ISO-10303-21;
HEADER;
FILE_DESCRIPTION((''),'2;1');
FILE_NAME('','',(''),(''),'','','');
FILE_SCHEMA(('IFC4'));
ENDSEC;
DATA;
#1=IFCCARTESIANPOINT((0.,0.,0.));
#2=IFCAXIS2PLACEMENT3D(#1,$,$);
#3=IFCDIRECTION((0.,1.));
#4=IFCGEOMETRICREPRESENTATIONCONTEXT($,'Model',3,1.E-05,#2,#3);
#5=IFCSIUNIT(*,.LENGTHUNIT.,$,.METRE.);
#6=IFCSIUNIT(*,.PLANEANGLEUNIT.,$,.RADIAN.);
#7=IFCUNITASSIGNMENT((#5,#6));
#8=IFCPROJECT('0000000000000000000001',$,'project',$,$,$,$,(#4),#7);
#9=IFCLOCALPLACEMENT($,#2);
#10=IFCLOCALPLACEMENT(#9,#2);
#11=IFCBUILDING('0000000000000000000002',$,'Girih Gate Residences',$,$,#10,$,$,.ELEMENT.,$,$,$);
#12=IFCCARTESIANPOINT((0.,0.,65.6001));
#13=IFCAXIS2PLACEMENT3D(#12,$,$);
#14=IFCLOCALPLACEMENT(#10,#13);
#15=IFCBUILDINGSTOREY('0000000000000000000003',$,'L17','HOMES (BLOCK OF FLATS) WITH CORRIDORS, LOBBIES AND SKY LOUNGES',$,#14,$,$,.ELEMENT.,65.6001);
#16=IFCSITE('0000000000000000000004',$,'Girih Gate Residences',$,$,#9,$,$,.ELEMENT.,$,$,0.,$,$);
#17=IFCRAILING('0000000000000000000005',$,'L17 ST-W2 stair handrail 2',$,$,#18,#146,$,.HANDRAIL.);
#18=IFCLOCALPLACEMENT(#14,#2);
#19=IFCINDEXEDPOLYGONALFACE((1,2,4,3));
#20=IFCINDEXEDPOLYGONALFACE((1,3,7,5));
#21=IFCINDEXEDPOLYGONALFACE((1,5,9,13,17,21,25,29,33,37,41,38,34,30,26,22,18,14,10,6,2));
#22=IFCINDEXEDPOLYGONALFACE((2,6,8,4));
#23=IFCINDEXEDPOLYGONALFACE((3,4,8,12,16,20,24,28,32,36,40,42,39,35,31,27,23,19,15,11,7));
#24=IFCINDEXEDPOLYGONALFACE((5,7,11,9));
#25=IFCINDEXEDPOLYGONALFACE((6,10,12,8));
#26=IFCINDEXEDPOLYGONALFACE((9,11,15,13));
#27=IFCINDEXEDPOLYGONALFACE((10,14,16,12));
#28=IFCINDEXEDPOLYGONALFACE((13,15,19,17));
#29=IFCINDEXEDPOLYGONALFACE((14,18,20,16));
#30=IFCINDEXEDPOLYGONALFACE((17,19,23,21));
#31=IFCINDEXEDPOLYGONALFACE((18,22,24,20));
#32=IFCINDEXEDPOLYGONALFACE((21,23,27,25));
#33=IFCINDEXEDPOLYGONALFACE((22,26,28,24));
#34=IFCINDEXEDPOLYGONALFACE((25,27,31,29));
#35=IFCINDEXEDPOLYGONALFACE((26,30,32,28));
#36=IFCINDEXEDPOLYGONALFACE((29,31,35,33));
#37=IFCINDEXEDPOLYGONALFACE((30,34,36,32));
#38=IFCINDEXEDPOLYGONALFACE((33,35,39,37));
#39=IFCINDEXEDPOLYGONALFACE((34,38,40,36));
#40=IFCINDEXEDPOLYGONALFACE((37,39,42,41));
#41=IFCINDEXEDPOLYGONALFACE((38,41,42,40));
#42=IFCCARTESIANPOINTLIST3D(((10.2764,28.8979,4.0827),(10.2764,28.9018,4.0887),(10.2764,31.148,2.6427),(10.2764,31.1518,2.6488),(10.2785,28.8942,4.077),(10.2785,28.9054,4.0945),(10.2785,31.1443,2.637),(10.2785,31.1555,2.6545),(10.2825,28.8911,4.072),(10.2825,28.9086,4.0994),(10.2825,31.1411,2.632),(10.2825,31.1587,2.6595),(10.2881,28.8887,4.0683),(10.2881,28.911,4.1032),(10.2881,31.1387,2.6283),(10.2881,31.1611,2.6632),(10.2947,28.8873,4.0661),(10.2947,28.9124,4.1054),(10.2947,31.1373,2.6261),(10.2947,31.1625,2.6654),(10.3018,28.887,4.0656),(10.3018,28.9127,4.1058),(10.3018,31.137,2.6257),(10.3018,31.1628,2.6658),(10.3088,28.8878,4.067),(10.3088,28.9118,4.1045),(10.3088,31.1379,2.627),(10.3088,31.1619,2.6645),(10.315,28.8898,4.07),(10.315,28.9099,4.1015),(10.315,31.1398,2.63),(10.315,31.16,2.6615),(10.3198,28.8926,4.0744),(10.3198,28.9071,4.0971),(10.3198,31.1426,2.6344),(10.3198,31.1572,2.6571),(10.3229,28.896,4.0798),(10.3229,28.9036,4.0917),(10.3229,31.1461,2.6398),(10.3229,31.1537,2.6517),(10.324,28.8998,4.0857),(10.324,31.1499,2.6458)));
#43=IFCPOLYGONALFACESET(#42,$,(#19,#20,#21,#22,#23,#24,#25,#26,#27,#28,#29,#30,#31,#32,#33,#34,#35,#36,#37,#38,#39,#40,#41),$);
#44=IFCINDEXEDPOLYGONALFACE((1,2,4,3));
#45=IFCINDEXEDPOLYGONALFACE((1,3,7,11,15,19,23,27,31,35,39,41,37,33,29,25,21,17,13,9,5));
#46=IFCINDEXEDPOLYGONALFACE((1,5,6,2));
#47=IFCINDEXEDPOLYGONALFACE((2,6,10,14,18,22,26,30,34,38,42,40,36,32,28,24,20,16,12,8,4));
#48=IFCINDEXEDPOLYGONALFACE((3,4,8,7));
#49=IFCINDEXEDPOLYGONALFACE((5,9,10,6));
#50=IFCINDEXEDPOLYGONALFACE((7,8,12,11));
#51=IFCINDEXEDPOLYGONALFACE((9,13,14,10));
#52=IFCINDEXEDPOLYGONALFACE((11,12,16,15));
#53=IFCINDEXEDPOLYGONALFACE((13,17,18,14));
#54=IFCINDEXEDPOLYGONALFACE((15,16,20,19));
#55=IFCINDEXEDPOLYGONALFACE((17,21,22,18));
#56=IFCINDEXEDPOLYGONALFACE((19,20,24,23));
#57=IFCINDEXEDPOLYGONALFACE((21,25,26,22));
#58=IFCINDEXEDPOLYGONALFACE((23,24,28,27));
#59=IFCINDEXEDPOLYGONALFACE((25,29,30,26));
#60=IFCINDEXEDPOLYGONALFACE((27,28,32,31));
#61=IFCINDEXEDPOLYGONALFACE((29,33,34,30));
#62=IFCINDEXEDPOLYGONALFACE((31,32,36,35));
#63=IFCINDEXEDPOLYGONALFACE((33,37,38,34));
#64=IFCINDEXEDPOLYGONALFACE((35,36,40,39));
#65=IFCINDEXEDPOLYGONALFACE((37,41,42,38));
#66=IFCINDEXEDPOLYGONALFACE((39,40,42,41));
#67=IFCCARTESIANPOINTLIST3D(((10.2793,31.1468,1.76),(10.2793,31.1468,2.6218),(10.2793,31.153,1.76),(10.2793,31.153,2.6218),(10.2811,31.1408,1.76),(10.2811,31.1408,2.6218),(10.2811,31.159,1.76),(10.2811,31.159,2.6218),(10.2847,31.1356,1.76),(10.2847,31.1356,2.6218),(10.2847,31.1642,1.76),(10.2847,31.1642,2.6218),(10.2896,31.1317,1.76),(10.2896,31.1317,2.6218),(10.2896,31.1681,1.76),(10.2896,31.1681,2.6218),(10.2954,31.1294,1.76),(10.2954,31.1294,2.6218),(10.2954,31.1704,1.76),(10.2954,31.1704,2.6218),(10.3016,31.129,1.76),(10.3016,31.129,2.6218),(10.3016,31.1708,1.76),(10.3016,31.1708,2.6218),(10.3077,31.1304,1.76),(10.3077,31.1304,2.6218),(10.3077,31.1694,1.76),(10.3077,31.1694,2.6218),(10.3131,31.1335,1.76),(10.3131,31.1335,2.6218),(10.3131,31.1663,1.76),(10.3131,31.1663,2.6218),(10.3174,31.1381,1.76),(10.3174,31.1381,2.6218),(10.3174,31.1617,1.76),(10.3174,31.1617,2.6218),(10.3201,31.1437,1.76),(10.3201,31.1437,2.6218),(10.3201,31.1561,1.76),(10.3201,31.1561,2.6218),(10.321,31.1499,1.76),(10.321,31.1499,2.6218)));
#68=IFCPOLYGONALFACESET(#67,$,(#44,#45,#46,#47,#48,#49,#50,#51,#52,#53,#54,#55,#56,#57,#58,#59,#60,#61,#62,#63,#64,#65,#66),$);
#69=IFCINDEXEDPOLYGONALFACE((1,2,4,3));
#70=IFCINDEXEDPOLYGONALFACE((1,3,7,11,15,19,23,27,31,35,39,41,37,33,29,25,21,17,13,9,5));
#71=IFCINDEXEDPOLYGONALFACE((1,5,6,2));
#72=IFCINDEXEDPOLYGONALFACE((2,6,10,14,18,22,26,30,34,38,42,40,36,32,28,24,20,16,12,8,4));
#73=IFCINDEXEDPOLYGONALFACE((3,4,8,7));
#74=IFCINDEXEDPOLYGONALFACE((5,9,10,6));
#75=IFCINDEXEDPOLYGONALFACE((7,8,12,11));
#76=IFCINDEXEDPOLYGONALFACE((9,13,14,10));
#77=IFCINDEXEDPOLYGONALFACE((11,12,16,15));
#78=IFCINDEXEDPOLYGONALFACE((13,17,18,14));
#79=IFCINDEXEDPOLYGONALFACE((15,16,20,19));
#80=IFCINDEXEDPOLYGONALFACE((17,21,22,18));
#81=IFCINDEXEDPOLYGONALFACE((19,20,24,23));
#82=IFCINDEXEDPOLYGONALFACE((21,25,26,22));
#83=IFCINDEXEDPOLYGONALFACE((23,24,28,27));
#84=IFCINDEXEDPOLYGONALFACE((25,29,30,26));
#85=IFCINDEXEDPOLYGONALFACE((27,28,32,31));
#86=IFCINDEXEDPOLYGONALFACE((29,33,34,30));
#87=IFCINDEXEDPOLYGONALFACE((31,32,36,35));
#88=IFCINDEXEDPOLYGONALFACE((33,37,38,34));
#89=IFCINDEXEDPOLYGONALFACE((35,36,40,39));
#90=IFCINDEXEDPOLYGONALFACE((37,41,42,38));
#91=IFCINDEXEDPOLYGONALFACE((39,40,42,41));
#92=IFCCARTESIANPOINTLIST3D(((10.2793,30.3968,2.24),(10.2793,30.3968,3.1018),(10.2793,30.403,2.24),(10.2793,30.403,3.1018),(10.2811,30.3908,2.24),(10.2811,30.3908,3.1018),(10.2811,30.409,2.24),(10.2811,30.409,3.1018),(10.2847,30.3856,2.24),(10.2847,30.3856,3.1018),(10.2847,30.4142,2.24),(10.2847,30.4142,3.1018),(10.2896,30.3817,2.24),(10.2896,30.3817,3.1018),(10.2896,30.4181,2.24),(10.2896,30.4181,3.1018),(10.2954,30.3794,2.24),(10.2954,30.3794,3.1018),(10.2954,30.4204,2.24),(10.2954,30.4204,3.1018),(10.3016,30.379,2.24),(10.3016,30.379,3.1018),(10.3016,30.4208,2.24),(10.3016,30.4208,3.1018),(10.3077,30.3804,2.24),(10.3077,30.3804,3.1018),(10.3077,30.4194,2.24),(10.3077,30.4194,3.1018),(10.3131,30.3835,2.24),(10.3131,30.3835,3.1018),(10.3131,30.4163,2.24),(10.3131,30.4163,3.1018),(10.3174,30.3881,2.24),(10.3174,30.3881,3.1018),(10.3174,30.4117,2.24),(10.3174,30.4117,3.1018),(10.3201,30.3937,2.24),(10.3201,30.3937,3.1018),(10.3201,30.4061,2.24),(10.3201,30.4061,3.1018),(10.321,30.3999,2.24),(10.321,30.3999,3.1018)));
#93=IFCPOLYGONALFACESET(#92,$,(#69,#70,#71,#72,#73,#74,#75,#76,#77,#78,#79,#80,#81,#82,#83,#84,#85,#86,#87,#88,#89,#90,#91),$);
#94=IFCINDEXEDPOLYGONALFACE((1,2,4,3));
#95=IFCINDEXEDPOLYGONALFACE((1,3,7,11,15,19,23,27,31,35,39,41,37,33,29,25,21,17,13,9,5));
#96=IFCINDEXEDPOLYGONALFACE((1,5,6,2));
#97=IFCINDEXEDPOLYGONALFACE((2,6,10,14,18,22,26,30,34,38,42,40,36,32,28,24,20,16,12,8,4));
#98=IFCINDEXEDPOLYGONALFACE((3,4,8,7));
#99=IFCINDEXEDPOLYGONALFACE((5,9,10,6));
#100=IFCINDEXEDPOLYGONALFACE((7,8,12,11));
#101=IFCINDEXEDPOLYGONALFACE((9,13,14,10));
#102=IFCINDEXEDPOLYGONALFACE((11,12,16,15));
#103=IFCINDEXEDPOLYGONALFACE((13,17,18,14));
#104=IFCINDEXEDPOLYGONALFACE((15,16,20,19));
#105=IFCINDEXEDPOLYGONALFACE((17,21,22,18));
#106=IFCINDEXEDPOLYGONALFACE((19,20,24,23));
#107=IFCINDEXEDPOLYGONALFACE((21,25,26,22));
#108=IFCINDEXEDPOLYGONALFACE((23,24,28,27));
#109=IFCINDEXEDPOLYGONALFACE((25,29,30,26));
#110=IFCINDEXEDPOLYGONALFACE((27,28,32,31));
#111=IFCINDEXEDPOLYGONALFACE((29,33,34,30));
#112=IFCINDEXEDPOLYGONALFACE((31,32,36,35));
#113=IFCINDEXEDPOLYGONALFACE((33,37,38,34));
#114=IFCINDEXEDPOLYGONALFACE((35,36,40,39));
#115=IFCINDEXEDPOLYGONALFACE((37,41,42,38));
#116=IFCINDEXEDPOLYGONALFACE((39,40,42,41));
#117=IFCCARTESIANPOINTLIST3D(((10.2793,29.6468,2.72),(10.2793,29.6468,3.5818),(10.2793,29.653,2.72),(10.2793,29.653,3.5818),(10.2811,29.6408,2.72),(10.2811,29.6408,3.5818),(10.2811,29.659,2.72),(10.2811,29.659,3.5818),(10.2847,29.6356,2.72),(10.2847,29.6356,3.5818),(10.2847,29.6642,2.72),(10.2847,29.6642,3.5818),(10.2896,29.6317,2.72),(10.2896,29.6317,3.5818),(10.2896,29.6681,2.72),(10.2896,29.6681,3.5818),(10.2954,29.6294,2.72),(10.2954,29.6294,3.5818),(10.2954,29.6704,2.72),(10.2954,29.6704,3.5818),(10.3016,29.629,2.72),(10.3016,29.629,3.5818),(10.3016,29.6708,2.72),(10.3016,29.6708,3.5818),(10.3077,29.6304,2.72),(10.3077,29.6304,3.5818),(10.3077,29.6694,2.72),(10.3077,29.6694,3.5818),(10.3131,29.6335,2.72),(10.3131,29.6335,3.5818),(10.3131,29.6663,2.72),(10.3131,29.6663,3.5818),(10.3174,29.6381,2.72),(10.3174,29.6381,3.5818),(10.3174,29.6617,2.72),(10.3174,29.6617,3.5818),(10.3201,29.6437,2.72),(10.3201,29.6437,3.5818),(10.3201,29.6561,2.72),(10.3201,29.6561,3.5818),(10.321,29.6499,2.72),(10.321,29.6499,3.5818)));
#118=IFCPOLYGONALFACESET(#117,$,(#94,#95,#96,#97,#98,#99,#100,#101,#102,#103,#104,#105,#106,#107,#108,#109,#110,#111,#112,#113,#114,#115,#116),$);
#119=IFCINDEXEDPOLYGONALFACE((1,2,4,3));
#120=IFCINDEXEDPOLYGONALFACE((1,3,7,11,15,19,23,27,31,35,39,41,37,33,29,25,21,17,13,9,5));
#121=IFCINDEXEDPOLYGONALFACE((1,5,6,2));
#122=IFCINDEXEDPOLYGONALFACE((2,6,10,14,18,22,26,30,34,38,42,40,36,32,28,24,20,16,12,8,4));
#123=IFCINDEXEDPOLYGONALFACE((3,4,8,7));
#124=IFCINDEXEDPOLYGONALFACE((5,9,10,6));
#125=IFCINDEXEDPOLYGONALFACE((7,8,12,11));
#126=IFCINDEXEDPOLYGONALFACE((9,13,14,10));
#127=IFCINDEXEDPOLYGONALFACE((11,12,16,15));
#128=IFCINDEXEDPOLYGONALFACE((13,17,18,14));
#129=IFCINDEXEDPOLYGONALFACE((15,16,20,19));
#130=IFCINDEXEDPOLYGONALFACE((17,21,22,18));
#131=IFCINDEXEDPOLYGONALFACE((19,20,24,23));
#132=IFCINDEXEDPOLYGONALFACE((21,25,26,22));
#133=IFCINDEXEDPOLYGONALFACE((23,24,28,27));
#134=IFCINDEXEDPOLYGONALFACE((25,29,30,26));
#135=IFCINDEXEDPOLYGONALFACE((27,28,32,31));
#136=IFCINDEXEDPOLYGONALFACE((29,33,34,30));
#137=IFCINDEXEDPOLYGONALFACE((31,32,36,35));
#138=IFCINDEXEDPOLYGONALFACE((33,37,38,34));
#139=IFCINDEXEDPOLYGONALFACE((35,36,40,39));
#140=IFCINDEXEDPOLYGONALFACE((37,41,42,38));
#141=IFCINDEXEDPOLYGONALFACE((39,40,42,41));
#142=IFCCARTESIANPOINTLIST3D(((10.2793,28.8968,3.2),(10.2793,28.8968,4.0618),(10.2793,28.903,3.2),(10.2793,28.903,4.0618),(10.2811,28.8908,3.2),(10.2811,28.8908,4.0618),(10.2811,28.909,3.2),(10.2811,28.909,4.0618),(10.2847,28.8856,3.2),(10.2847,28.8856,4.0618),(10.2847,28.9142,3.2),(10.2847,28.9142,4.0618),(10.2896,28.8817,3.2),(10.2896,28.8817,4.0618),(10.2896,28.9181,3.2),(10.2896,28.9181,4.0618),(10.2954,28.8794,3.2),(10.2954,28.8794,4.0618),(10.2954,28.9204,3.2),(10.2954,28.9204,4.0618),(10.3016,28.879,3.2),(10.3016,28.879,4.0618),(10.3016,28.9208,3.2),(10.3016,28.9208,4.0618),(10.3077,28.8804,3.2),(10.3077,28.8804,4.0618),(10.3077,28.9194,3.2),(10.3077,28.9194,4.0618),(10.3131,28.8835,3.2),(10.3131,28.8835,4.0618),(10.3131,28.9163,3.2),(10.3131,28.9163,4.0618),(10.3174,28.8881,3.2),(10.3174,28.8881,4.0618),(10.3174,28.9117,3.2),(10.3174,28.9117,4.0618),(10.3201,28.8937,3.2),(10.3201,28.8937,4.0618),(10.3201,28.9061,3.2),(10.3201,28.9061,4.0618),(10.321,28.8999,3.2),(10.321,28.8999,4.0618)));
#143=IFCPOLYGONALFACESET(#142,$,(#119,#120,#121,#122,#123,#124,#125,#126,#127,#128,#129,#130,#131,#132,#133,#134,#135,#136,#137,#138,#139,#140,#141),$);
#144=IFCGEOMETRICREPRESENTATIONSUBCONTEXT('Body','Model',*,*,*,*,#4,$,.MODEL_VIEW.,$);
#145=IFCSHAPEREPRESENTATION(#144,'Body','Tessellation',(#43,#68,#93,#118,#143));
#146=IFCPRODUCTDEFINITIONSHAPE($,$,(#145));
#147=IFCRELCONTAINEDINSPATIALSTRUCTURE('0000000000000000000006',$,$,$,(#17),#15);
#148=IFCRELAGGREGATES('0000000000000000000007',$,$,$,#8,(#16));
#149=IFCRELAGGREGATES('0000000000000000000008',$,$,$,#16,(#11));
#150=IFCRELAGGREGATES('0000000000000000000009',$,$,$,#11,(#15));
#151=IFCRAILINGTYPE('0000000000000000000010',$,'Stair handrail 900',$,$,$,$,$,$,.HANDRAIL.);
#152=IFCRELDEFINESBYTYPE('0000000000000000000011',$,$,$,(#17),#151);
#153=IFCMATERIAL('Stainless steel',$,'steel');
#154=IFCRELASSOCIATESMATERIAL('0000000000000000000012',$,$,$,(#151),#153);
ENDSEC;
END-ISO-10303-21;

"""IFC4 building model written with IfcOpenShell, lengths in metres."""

from ifc_helpers import new_model, si_unit, direction, frame, origin, origin_2d, place, context, subcontext, project, spatial, circle, extrude, material, type_object, element, save


model = new_model("IFC4")

# Units and contexts
model_context = context("Model", 3, precision=1e-05, world=origin(), true_north=direction((0.0, 1.0)))
body_context = subcontext(model_context, "Body", "Model", "MODEL_VIEW")
ifc_project = project(units=[si_unit("LENGTHUNIT", "METRE"), si_unit("PLANEANGLEUNIT", "RADIAN")], contexts=[model_context])

# Site, building, storey
site_placement = place(None, origin())
site = spatial("IfcSite", under=ifc_project, at=site_placement, Name="Girih Gate Residences", CompositionType="ELEMENT", RefElevation=0.0)
building_placement = place(site_placement, origin())
building = spatial("IfcBuilding", under=site, at=building_placement, Name="Girih Gate Residences", CompositionType="ELEMENT")
storey_placement = place(building_placement, frame((0.0, 0.0, 65.6001)))
storey = spatial("IfcBuildingStorey", under=building, at=storey_placement, Name="L17", Description="HOMES (BLOCK OF FLATS) WITH CORRIDORS, LOBBIES AND SKY LOUNGES", CompositionType="ELEMENT", Elevation=65.6001)

# Railing
ifc_material_1 = material(Name="Stainless steel", Category="steel")
railing_type_1 = type_object("IfcRailingType", Name="Stair handrail 900", PredefinedType="HANDRAIL", material=ifc_material_1)
railing_1_placement = place(storey_placement, frame((10.3, 31.1499, 1.76)))
element("IfcRailing", 1, at=railing_1_placement, inside=storey, type_object=railing_type_1, Name="L17 ST-W2 stair handrail 2", PredefinedType="HANDRAIL", context=body_context, shape_type="SweptSolid", body=[
    extrude(circle(Radius=0.0239, at=origin_2d()), frame((0.0, 0.0, 0.8857), z_axis=(0.0, -0.842281, 0.539038), x_axis=(1.0, 0.0, 0.0)), (0.0, 0.0, 1.0), 2.6714),
    extrude(circle(Radius=0.021, at=origin_2d()), origin(), (0.0, 0.0, 1.0), 0.8618),
    extrude(circle(Radius=0.021, at=origin_2d()), frame((0.0, -0.75, 0.48)), (0.0, 0.0, 1.0), 0.8618),
    extrude(circle(Radius=0.021, at=origin_2d()), frame((0.0, -1.5, 0.96)), (0.0, 0.0, 1.0), 0.8618),
    extrude(circle(Radius=0.021, at=origin_2d()), frame((0.0, -2.25, 1.4399)), (0.0, 0.0, 1.0), 0.8618),
])

save(model, "model.ifc")
